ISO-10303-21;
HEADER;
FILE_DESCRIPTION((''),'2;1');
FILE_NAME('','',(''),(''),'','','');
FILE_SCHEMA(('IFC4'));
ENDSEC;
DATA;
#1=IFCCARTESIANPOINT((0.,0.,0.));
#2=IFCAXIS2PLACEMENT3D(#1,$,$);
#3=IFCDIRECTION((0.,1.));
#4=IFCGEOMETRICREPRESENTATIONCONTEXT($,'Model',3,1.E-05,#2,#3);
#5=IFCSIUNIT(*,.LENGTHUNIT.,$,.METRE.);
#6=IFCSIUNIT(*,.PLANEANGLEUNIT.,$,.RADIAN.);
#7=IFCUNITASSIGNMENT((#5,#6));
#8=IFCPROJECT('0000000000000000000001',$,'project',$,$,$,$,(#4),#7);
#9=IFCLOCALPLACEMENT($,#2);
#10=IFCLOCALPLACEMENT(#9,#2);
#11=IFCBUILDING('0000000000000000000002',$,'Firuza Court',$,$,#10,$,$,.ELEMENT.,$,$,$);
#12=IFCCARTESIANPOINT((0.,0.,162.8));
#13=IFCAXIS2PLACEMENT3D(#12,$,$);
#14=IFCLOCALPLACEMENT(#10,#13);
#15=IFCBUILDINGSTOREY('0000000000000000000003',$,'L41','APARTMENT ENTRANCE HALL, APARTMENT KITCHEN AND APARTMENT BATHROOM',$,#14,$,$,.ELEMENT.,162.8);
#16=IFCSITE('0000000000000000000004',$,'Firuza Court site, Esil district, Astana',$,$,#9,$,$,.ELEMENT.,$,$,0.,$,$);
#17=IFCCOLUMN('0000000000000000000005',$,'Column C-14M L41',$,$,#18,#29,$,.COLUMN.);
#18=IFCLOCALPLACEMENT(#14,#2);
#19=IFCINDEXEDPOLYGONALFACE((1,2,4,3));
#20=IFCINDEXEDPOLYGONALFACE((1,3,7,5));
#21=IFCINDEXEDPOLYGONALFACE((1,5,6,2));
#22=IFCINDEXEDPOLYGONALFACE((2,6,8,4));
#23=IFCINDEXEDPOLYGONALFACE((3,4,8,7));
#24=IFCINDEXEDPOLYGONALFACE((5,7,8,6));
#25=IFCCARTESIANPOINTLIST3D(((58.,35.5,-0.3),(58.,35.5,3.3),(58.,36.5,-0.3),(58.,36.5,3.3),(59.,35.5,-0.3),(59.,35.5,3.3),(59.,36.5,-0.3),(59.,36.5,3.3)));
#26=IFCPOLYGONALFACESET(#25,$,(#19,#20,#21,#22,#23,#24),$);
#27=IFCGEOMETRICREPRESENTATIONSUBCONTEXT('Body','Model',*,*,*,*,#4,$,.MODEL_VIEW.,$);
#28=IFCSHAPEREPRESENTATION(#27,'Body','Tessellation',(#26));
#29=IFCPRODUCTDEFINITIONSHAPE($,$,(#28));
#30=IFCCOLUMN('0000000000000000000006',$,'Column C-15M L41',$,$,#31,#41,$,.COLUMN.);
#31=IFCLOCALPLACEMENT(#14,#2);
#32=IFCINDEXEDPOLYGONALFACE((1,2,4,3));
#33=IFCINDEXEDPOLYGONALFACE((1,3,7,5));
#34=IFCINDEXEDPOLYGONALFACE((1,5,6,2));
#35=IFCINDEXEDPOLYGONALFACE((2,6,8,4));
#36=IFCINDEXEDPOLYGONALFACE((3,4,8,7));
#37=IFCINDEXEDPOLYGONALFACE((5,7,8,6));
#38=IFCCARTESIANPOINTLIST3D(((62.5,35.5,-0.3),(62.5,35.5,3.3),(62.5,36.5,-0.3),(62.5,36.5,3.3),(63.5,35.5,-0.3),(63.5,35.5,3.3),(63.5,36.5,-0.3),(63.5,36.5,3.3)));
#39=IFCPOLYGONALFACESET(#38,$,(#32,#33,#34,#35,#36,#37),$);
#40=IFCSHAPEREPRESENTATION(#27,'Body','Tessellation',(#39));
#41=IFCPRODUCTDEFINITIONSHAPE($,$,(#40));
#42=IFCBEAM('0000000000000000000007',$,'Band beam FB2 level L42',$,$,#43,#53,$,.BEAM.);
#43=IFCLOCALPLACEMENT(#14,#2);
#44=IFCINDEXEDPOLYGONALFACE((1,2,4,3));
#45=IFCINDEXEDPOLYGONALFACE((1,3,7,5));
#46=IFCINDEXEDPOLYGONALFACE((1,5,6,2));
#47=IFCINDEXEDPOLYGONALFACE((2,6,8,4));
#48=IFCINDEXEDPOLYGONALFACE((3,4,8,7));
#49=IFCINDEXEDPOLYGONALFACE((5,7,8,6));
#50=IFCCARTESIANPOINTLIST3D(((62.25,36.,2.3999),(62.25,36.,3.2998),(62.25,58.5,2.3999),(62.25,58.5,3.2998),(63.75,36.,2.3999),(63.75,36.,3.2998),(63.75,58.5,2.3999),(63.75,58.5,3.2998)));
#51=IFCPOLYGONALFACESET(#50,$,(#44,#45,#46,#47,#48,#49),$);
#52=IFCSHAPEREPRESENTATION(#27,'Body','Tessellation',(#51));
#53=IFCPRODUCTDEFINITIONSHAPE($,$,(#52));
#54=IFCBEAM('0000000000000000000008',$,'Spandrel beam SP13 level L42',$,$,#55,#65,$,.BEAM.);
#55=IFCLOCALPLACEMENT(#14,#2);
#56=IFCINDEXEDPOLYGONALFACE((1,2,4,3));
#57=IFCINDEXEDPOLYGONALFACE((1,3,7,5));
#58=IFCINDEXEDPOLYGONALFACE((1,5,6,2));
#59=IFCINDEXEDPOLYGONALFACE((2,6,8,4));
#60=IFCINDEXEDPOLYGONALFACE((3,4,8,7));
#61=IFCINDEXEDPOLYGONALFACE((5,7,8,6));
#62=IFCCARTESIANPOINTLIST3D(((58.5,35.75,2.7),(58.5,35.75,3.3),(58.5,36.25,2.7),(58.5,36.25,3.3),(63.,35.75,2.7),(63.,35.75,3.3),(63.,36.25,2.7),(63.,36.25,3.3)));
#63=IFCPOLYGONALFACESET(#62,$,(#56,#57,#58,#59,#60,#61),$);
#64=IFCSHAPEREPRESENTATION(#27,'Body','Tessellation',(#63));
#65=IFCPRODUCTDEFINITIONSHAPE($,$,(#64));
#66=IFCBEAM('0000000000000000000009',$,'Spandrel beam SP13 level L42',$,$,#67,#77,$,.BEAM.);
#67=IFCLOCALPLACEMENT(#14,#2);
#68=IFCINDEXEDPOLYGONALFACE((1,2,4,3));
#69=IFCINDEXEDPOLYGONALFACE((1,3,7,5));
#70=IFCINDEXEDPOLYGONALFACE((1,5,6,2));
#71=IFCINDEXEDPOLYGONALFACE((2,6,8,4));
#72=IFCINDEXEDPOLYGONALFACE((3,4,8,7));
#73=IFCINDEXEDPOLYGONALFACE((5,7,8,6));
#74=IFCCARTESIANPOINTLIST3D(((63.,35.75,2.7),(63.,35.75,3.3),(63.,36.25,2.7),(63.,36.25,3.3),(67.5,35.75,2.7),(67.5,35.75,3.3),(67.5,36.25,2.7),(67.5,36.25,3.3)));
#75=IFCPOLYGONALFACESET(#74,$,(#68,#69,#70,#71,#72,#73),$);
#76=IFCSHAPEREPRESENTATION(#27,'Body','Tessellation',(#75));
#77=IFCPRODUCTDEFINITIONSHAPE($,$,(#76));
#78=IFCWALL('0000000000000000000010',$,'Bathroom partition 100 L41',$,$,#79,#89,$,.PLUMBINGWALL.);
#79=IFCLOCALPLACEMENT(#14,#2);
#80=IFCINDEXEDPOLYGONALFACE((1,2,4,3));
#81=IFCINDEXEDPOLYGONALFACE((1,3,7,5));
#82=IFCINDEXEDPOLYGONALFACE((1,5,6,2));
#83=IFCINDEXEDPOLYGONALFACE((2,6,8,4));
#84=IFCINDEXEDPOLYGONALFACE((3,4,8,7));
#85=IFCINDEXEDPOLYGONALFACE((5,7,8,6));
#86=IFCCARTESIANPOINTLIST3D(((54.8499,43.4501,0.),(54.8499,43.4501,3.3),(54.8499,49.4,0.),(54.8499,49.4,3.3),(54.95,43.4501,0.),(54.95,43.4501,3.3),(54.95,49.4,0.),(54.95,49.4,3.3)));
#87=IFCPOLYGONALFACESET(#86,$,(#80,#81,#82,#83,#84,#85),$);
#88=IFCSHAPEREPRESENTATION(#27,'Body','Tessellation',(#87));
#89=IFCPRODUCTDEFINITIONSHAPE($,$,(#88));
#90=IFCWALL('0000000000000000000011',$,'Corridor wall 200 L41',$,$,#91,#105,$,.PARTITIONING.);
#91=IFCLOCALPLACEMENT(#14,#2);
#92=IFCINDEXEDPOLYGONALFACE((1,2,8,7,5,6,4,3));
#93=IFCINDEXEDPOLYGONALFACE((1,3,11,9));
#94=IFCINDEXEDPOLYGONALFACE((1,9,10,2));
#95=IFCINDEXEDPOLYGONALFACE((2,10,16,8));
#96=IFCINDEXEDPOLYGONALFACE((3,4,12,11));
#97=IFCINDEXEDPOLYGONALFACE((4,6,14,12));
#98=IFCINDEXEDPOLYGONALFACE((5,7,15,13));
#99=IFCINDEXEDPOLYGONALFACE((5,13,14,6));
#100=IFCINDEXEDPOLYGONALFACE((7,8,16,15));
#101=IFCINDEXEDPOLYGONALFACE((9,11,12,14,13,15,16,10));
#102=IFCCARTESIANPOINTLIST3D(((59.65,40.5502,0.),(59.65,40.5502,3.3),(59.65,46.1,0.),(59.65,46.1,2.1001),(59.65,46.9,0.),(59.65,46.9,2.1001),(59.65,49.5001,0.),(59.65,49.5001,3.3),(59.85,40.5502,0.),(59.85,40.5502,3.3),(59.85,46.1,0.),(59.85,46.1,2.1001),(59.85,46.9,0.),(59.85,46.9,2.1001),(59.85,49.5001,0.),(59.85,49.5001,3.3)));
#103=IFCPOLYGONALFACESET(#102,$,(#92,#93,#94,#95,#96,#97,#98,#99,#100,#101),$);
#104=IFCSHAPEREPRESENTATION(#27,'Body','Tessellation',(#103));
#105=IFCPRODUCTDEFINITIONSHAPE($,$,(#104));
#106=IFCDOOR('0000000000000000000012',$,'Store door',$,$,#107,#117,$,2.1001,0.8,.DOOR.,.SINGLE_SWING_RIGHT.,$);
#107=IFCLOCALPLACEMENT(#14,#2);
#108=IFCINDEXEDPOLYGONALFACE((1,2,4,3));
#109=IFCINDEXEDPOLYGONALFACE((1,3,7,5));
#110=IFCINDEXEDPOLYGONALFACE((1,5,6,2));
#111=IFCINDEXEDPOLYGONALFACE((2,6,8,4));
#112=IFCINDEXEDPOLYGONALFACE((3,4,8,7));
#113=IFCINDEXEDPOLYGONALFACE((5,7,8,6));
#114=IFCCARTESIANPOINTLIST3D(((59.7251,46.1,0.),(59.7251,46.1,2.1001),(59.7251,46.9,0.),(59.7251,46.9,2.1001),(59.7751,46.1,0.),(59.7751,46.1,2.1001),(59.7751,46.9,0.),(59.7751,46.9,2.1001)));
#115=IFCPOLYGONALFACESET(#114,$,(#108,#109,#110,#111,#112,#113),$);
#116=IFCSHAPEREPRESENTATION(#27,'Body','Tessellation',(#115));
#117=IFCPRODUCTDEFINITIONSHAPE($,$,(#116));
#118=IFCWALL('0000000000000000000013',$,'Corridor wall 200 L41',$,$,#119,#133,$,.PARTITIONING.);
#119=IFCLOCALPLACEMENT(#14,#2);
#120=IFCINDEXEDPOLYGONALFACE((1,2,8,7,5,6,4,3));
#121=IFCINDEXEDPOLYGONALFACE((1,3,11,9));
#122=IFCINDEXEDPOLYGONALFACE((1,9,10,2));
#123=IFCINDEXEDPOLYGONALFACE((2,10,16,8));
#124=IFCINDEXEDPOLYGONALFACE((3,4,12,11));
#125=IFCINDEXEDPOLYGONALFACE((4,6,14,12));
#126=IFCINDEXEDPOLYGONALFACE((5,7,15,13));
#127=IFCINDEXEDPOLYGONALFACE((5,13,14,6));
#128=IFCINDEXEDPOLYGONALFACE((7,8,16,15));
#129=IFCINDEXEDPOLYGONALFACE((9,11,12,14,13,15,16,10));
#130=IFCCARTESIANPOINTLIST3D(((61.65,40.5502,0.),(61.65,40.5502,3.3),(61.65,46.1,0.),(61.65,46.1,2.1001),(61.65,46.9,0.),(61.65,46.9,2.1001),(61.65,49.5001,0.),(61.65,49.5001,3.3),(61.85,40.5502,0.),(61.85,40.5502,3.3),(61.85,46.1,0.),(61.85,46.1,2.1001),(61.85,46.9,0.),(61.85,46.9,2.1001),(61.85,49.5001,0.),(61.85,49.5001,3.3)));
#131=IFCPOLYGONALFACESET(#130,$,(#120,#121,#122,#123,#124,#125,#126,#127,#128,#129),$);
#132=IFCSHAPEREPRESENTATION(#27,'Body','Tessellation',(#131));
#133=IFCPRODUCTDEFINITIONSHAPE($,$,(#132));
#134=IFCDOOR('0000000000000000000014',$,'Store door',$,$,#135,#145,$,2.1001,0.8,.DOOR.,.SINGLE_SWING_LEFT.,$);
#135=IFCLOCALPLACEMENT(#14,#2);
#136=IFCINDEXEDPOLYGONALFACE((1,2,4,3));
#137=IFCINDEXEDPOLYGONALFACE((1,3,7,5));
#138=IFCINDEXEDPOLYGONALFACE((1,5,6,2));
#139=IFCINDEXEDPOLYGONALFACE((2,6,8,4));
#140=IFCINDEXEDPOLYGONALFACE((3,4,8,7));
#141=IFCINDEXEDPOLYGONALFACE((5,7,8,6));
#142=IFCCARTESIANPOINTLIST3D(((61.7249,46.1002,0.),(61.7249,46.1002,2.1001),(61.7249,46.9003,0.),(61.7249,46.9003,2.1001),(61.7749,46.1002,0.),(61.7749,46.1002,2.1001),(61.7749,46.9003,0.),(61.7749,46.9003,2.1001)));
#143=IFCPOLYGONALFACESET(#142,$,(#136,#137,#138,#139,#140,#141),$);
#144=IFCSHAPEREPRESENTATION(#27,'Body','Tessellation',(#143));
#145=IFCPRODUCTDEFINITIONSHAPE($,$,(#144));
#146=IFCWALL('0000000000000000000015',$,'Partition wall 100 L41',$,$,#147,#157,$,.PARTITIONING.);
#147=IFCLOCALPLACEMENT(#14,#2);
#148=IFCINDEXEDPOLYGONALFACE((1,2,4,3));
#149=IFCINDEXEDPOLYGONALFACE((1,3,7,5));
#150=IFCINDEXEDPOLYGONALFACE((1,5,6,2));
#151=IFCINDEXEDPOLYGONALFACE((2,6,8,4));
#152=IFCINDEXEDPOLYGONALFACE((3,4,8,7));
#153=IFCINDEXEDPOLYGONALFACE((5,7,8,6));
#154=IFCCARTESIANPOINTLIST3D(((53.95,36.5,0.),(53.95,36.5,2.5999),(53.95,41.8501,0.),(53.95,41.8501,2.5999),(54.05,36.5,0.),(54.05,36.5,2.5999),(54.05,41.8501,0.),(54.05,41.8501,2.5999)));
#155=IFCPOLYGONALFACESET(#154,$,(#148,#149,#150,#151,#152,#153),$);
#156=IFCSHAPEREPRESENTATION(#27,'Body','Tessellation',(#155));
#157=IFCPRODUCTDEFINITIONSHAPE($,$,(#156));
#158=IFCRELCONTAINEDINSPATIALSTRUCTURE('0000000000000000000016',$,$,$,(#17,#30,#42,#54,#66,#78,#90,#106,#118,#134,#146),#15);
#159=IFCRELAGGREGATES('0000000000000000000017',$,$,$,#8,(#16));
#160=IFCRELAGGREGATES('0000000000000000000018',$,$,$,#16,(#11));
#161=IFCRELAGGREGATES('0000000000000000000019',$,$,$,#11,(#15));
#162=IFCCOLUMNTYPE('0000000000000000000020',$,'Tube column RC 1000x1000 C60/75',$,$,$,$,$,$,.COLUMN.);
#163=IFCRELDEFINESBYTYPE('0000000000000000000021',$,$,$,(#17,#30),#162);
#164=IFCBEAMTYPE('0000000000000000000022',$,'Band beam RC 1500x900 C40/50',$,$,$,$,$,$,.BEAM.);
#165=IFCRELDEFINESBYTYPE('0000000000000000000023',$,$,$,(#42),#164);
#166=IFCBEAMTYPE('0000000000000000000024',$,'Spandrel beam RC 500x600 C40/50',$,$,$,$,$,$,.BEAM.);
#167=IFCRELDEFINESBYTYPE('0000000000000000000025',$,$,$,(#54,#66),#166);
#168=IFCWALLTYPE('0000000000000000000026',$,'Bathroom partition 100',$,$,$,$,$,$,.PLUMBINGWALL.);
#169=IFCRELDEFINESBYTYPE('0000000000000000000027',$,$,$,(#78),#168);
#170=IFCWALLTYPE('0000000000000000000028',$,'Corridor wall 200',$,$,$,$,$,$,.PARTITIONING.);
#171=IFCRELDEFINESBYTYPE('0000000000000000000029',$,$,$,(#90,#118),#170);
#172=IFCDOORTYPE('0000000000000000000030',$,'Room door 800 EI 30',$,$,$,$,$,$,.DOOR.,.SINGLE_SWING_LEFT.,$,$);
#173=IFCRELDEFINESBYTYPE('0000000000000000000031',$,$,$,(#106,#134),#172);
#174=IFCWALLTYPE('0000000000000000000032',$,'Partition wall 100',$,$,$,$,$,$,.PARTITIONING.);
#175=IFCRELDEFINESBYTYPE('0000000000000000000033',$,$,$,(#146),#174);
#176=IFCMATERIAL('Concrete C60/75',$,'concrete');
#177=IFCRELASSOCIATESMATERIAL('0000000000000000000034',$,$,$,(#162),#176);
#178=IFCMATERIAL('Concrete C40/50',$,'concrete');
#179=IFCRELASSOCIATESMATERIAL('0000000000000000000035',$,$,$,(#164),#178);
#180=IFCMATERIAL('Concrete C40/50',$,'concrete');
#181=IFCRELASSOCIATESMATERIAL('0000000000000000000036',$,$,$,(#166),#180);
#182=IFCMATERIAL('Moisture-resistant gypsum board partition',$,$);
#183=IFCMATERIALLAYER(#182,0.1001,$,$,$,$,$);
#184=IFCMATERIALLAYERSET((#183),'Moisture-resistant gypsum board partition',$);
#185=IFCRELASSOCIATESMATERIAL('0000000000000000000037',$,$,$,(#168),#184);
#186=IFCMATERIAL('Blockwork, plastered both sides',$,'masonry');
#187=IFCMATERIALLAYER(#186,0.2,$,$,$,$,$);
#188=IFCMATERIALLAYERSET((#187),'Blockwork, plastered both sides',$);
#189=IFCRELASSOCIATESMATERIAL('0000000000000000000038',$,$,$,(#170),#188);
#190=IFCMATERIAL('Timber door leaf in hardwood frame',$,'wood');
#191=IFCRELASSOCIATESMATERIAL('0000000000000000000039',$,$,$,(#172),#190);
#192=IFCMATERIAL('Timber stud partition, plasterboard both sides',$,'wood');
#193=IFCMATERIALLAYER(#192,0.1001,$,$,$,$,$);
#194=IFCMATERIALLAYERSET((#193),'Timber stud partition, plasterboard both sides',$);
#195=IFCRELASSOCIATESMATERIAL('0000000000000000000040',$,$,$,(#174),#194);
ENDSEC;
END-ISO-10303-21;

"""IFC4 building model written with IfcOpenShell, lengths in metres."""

from ifc_helpers import new_model, si_unit, direction, frame, frame_2d, origin, origin_2d, place, context, subcontext, project, spatial, rectangle, extrude, material, layer, layer_set, material_profile, profile_set, type_object, element, fill, save


model = new_model("IFC4")

# Units and contexts
model_context = context("Model", 3, precision=1e-05, world=origin(), true_north=direction((0.0, 1.0)))
body_context = subcontext(model_context, "Body", "Model", "MODEL_VIEW")
ifc_project = project(units=[si_unit("LENGTHUNIT", "METRE"), si_unit("PLANEANGLEUNIT", "RADIAN")], contexts=[model_context])

# Site, building, storey
site_placement = place(None, origin())
site = spatial("IfcSite", under=ifc_project, at=site_placement, Name="Firuza Court site, Esil district, Astana", CompositionType="ELEMENT", RefElevation=0.0)
building_placement = place(site_placement, origin())
building = spatial("IfcBuilding", under=site, at=building_placement, Name="Firuza Court", CompositionType="ELEMENT")
storey_placement = place(building_placement, frame((0.0, 0.0, 162.8)))
storey = spatial("IfcBuildingStorey", under=building, at=storey_placement, Name="L41", Description="APARTMENT ENTRANCE HALL, APARTMENT KITCHEN AND APARTMENT BATHROOM", CompositionType="ELEMENT", Elevation=162.8)

# Columns
ifc_material_1 = material(Name="Concrete C60/75", Category="concrete")
ifc_material_profile_1 = material_profile(ifc_material_1, rectangle(XDim=1.0, YDim=1.0, at=origin_2d()), Name="RC 1000x1000")
ifc_profile_set_1 = profile_set([ifc_material_profile_1], Name="Concrete C60/75")
column_type = type_object("IfcColumnType", Name="Tube column RC 1000x1000 C60/75", PredefinedType="COLUMN", material=ifc_profile_set_1)
for number, where, z_axis, x_axis, name in (
    (1, (58.5, 36.0, -0.3), (0.0, 0.0, 1.0), (1.0, 0.0, 0.0), "Column C-14M L41"),
    (2, (63.0, 36.0, -0.3), (0.0, 0.0, 1.0), (1.0, 0.0, 0.0), "Column C-15M L41"),
):
    element("IfcColumn", number, at=place(storey_placement, frame(where, z_axis=z_axis, x_axis=x_axis)), inside=storey, type_object=column_type, Name=name, PredefinedType="COLUMN", context=body_context, shape_type="SweptSolid", body=[
        extrude(rectangle(XDim=1.0, YDim=1.0, at=origin_2d()), origin(), (0.0, 0.0, 1.0), 3.6001),
    ])

# Beams
ifc_material_2 = material(Name="Concrete C40/50", Category="concrete")
ifc_material_profile_2 = material_profile(ifc_material_2, rectangle(XDim=1.5, YDim=0.8999, at=origin_2d()), Name="RC 1500x900")
ifc_profile_set_2 = profile_set([ifc_material_profile_2], Name="Concrete C40/50")
beam_type_1 = type_object("IfcBeamType", Name="Band beam RC 1500x900 C40/50", PredefinedType="BEAM", material=ifc_profile_set_2)
beam_placement = place(storey_placement, frame((63.0, 36.0, 2.8499), z_axis=(0.0, 1.0, 0.0), x_axis=(-1.0, 0.0, 0.0)))
element("IfcBeam", 3, at=beam_placement, inside=storey, type_object=beam_type_1, Name="Band beam FB2 level L42", PredefinedType="BEAM", context=body_context, shape_type="SweptSolid", body=[
    extrude(rectangle(XDim=1.5, YDim=0.8999, at=origin_2d()), origin(), (0.0, 0.0, 1.0), 22.5),
])
ifc_material_3 = material(Name="Concrete C40/50", Category="concrete")
ifc_material_profile_3 = material_profile(ifc_material_3, rectangle(XDim=0.5, YDim=0.6001, at=origin_2d()), Name="RC 500x600")
ifc_profile_set_3 = profile_set([ifc_material_profile_3], Name="Concrete C40/50")
beam_type_2 = type_object("IfcBeamType", Name="Spandrel beam RC 500x600 C40/50", PredefinedType="BEAM", material=ifc_profile_set_3)
for number, where, z_axis, x_axis, name in (
    (4, (58.5, 36.0, 3.0), (1.0, 0.0, 0.0), (0.0, 1.0, 0.0), "Spandrel beam SP13 level L42"),
    (5, (63.0, 36.0, 3.0), (1.0, 0.0, 0.0), (0.0, 1.0, 0.0), "Spandrel beam SP13 level L42"),
):
    element("IfcBeam", number, at=place(storey_placement, frame(where, z_axis=z_axis, x_axis=x_axis)), inside=storey, type_object=beam_type_2, Name=name, PredefinedType="BEAM", context=body_context, shape_type="SweptSolid", body=[
        extrude(rectangle(XDim=0.5, YDim=0.6001, at=origin_2d()), origin(), (0.0, 0.0, 1.0), 4.5),
    ])

# Wall
ifc_material_4 = material(Name="Moisture-resistant gypsum board partition")
ifc_layer_1 = layer(ifc_material_4, 0.1001)
ifc_layer_set_1 = layer_set([ifc_layer_1], Name="Moisture-resistant gypsum board partition")
wall_type_1 = type_object("IfcWallType", Name="Bathroom partition 100", PredefinedType="PLUMBINGWALL", material=ifc_layer_set_1)
wall_1_placement = place(storey_placement, frame((54.8999, 43.45, 0.0), z_axis=(0.0, 0.0, 1.0), x_axis=(0.0, 1.0, 0.0)))
element("IfcWall", 6, at=wall_1_placement, inside=storey, type_object=wall_type_1, Name="Bathroom partition 100 L41", PredefinedType="PLUMBINGWALL", context=body_context, shape_type="SweptSolid", body=[
    extrude(rectangle(XDim=5.95, YDim=0.1001, at=frame_2d((2.9751, 0.0))), origin(), (0.0, 0.0, 1.0), 3.3),
])

# Walls, openings, doors
ifc_material_5 = material(Name="Blockwork, plastered both sides", Category="masonry")
ifc_layer_2 = layer(ifc_material_5, 0.2)
ifc_layer_set_2 = layer_set([ifc_layer_2], Name="Blockwork, plastered both sides")
wall_type_2 = type_object("IfcWallType", Name="Corridor wall 200", PredefinedType="PARTITIONING", material=ifc_layer_set_2)
wall_2_placement = place(storey_placement, frame((59.75, 40.55, 0.0), z_axis=(0.0, 0.0, 1.0), x_axis=(0.0, 1.0, 0.0)))
wall_2 = element("IfcWall", 7, at=wall_2_placement, inside=storey, type_object=wall_type_2, Name="Corridor wall 200 L41", PredefinedType="PARTITIONING", context=body_context, shape_type="SweptSolid", body=[
    extrude(rectangle(XDim=8.95, YDim=0.2, at=frame_2d((4.4751, 0.0))), origin(), (0.0, 0.0, 1.0), 3.3),
])
opening_1_placement = place(wall_2_placement, frame((5.55, 0.0, 0.0)))
opening_1 = element("IfcOpeningElement", 8, at=opening_1_placement, cuts=wall_2, PredefinedType="OPENING", context=body_context, shape_type="SweptSolid", body=[
    extrude(rectangle(XDim=0.8, YDim=2.1001, at=frame_2d((0.3999, 1.05))), frame((0.0, 0.1118, 0.0), z_axis=(0.0, -1.0, 0.0), x_axis=(1.0, 0.0, 0.0)), (0.0, 0.0, 1.0), 0.2239),
])
ifc_material_6 = material(Name="Timber door leaf in hardwood frame", Category="wood")
door_type_1 = type_object("IfcDoorType", Name="Room door 800 EI 30", OperationType="SINGLE_SWING_LEFT", PredefinedType="DOOR", material=ifc_material_6)
door_1_placement = place(opening_1_placement, origin())
door_1 = element("IfcDoor", 9, at=door_1_placement, inside=storey, type_object=door_type_1, Name="Store door", OperationType="SINGLE_SWING_RIGHT", OverallHeight=2.1001, OverallWidth=0.8, PredefinedType="DOOR", context=body_context, shape_type="SweptSolid", body=[
    extrude(rectangle(XDim=0.8, YDim=2.1001, at=frame_2d((0.3999, 1.05))), frame((0.0, 0.0249, 0.0), z_axis=(0.0, -1.0, 0.0), x_axis=(1.0, 0.0, 0.0)), (0.0, 0.0, 1.0), 0.05),
])
fill(opening_1, door_1)
wall_3_placement = place(storey_placement, frame((61.75, 40.55, 0.0), z_axis=(0.0, 0.0, 1.0), x_axis=(0.0, 1.0, 0.0)))
wall_3 = element("IfcWall", 10, at=wall_3_placement, inside=storey, type_object=wall_type_2, Name="Corridor wall 200 L41", PredefinedType="PARTITIONING", context=body_context, shape_type="SweptSolid", body=[
    extrude(rectangle(XDim=8.95, YDim=0.2, at=frame_2d((4.4751, 0.0))), origin(), (0.0, 0.0, 1.0), 3.3),
])
opening_2_placement = place(wall_3_placement, frame((5.55, 0.0, 0.0)))
opening_2 = element("IfcOpeningElement", 11, at=opening_2_placement, cuts=wall_3, PredefinedType="OPENING", context=body_context, shape_type="SweptSolid", body=[
    extrude(rectangle(XDim=0.8, YDim=2.1001, at=frame_2d((0.3999, 1.05))), frame((0.0, 0.1118, 0.0), z_axis=(0.0, -1.0, 0.0), x_axis=(1.0, 0.0, 0.0)), (0.0, 0.0, 1.0), 0.2239),
])
door_2_placement = place(opening_2_placement, frame((0.8, 0.0, 0.0), z_axis=(0.0, 0.0, 1.0), x_axis=(-1.0, 0.0, 0.0)))
door_2 = element("IfcDoor", 12, at=door_2_placement, inside=storey, type_object=door_type_1, Name="Store door", OperationType="SINGLE_SWING_LEFT", OverallHeight=2.1001, OverallWidth=0.8, PredefinedType="DOOR", context=body_context, shape_type="SweptSolid", body=[
    extrude(rectangle(XDim=0.8, YDim=2.1001, at=frame_2d((0.3999, 1.05))), frame((0.0, 0.0249, 0.0), z_axis=(0.0, -1.0, 0.0), x_axis=(1.0, 0.0, 0.0)), (0.0, 0.0, 1.0), 0.05),
])
fill(opening_2, door_2)

# Wall
ifc_material_7 = material(Name="Timber stud partition, plasterboard both sides", Category="wood")
ifc_layer_3 = layer(ifc_material_7, 0.1001)
ifc_layer_set_3 = layer_set([ifc_layer_3], Name="Timber stud partition, plasterboard both sides")
wall_type_3 = type_object("IfcWallType", Name="Partition wall 100", PredefinedType="PARTITIONING", material=ifc_layer_set_3)
wall_4_placement = place(storey_placement, frame((54.0, 36.5, 0.0), z_axis=(0.0, 0.0, 1.0), x_axis=(0.0, 1.0, 0.0)))
element("IfcWall", 13, at=wall_4_placement, inside=storey, type_object=wall_type_3, Name="Partition wall 100 L41", PredefinedType="PARTITIONING", context=body_context, shape_type="SweptSolid", body=[
    extrude(rectangle(XDim=5.3501, YDim=0.1001, at=frame_2d((2.675, 0.0))), origin(), (0.0, 0.0, 1.0), 2.5999),
])

save(model, "model.ifc")
